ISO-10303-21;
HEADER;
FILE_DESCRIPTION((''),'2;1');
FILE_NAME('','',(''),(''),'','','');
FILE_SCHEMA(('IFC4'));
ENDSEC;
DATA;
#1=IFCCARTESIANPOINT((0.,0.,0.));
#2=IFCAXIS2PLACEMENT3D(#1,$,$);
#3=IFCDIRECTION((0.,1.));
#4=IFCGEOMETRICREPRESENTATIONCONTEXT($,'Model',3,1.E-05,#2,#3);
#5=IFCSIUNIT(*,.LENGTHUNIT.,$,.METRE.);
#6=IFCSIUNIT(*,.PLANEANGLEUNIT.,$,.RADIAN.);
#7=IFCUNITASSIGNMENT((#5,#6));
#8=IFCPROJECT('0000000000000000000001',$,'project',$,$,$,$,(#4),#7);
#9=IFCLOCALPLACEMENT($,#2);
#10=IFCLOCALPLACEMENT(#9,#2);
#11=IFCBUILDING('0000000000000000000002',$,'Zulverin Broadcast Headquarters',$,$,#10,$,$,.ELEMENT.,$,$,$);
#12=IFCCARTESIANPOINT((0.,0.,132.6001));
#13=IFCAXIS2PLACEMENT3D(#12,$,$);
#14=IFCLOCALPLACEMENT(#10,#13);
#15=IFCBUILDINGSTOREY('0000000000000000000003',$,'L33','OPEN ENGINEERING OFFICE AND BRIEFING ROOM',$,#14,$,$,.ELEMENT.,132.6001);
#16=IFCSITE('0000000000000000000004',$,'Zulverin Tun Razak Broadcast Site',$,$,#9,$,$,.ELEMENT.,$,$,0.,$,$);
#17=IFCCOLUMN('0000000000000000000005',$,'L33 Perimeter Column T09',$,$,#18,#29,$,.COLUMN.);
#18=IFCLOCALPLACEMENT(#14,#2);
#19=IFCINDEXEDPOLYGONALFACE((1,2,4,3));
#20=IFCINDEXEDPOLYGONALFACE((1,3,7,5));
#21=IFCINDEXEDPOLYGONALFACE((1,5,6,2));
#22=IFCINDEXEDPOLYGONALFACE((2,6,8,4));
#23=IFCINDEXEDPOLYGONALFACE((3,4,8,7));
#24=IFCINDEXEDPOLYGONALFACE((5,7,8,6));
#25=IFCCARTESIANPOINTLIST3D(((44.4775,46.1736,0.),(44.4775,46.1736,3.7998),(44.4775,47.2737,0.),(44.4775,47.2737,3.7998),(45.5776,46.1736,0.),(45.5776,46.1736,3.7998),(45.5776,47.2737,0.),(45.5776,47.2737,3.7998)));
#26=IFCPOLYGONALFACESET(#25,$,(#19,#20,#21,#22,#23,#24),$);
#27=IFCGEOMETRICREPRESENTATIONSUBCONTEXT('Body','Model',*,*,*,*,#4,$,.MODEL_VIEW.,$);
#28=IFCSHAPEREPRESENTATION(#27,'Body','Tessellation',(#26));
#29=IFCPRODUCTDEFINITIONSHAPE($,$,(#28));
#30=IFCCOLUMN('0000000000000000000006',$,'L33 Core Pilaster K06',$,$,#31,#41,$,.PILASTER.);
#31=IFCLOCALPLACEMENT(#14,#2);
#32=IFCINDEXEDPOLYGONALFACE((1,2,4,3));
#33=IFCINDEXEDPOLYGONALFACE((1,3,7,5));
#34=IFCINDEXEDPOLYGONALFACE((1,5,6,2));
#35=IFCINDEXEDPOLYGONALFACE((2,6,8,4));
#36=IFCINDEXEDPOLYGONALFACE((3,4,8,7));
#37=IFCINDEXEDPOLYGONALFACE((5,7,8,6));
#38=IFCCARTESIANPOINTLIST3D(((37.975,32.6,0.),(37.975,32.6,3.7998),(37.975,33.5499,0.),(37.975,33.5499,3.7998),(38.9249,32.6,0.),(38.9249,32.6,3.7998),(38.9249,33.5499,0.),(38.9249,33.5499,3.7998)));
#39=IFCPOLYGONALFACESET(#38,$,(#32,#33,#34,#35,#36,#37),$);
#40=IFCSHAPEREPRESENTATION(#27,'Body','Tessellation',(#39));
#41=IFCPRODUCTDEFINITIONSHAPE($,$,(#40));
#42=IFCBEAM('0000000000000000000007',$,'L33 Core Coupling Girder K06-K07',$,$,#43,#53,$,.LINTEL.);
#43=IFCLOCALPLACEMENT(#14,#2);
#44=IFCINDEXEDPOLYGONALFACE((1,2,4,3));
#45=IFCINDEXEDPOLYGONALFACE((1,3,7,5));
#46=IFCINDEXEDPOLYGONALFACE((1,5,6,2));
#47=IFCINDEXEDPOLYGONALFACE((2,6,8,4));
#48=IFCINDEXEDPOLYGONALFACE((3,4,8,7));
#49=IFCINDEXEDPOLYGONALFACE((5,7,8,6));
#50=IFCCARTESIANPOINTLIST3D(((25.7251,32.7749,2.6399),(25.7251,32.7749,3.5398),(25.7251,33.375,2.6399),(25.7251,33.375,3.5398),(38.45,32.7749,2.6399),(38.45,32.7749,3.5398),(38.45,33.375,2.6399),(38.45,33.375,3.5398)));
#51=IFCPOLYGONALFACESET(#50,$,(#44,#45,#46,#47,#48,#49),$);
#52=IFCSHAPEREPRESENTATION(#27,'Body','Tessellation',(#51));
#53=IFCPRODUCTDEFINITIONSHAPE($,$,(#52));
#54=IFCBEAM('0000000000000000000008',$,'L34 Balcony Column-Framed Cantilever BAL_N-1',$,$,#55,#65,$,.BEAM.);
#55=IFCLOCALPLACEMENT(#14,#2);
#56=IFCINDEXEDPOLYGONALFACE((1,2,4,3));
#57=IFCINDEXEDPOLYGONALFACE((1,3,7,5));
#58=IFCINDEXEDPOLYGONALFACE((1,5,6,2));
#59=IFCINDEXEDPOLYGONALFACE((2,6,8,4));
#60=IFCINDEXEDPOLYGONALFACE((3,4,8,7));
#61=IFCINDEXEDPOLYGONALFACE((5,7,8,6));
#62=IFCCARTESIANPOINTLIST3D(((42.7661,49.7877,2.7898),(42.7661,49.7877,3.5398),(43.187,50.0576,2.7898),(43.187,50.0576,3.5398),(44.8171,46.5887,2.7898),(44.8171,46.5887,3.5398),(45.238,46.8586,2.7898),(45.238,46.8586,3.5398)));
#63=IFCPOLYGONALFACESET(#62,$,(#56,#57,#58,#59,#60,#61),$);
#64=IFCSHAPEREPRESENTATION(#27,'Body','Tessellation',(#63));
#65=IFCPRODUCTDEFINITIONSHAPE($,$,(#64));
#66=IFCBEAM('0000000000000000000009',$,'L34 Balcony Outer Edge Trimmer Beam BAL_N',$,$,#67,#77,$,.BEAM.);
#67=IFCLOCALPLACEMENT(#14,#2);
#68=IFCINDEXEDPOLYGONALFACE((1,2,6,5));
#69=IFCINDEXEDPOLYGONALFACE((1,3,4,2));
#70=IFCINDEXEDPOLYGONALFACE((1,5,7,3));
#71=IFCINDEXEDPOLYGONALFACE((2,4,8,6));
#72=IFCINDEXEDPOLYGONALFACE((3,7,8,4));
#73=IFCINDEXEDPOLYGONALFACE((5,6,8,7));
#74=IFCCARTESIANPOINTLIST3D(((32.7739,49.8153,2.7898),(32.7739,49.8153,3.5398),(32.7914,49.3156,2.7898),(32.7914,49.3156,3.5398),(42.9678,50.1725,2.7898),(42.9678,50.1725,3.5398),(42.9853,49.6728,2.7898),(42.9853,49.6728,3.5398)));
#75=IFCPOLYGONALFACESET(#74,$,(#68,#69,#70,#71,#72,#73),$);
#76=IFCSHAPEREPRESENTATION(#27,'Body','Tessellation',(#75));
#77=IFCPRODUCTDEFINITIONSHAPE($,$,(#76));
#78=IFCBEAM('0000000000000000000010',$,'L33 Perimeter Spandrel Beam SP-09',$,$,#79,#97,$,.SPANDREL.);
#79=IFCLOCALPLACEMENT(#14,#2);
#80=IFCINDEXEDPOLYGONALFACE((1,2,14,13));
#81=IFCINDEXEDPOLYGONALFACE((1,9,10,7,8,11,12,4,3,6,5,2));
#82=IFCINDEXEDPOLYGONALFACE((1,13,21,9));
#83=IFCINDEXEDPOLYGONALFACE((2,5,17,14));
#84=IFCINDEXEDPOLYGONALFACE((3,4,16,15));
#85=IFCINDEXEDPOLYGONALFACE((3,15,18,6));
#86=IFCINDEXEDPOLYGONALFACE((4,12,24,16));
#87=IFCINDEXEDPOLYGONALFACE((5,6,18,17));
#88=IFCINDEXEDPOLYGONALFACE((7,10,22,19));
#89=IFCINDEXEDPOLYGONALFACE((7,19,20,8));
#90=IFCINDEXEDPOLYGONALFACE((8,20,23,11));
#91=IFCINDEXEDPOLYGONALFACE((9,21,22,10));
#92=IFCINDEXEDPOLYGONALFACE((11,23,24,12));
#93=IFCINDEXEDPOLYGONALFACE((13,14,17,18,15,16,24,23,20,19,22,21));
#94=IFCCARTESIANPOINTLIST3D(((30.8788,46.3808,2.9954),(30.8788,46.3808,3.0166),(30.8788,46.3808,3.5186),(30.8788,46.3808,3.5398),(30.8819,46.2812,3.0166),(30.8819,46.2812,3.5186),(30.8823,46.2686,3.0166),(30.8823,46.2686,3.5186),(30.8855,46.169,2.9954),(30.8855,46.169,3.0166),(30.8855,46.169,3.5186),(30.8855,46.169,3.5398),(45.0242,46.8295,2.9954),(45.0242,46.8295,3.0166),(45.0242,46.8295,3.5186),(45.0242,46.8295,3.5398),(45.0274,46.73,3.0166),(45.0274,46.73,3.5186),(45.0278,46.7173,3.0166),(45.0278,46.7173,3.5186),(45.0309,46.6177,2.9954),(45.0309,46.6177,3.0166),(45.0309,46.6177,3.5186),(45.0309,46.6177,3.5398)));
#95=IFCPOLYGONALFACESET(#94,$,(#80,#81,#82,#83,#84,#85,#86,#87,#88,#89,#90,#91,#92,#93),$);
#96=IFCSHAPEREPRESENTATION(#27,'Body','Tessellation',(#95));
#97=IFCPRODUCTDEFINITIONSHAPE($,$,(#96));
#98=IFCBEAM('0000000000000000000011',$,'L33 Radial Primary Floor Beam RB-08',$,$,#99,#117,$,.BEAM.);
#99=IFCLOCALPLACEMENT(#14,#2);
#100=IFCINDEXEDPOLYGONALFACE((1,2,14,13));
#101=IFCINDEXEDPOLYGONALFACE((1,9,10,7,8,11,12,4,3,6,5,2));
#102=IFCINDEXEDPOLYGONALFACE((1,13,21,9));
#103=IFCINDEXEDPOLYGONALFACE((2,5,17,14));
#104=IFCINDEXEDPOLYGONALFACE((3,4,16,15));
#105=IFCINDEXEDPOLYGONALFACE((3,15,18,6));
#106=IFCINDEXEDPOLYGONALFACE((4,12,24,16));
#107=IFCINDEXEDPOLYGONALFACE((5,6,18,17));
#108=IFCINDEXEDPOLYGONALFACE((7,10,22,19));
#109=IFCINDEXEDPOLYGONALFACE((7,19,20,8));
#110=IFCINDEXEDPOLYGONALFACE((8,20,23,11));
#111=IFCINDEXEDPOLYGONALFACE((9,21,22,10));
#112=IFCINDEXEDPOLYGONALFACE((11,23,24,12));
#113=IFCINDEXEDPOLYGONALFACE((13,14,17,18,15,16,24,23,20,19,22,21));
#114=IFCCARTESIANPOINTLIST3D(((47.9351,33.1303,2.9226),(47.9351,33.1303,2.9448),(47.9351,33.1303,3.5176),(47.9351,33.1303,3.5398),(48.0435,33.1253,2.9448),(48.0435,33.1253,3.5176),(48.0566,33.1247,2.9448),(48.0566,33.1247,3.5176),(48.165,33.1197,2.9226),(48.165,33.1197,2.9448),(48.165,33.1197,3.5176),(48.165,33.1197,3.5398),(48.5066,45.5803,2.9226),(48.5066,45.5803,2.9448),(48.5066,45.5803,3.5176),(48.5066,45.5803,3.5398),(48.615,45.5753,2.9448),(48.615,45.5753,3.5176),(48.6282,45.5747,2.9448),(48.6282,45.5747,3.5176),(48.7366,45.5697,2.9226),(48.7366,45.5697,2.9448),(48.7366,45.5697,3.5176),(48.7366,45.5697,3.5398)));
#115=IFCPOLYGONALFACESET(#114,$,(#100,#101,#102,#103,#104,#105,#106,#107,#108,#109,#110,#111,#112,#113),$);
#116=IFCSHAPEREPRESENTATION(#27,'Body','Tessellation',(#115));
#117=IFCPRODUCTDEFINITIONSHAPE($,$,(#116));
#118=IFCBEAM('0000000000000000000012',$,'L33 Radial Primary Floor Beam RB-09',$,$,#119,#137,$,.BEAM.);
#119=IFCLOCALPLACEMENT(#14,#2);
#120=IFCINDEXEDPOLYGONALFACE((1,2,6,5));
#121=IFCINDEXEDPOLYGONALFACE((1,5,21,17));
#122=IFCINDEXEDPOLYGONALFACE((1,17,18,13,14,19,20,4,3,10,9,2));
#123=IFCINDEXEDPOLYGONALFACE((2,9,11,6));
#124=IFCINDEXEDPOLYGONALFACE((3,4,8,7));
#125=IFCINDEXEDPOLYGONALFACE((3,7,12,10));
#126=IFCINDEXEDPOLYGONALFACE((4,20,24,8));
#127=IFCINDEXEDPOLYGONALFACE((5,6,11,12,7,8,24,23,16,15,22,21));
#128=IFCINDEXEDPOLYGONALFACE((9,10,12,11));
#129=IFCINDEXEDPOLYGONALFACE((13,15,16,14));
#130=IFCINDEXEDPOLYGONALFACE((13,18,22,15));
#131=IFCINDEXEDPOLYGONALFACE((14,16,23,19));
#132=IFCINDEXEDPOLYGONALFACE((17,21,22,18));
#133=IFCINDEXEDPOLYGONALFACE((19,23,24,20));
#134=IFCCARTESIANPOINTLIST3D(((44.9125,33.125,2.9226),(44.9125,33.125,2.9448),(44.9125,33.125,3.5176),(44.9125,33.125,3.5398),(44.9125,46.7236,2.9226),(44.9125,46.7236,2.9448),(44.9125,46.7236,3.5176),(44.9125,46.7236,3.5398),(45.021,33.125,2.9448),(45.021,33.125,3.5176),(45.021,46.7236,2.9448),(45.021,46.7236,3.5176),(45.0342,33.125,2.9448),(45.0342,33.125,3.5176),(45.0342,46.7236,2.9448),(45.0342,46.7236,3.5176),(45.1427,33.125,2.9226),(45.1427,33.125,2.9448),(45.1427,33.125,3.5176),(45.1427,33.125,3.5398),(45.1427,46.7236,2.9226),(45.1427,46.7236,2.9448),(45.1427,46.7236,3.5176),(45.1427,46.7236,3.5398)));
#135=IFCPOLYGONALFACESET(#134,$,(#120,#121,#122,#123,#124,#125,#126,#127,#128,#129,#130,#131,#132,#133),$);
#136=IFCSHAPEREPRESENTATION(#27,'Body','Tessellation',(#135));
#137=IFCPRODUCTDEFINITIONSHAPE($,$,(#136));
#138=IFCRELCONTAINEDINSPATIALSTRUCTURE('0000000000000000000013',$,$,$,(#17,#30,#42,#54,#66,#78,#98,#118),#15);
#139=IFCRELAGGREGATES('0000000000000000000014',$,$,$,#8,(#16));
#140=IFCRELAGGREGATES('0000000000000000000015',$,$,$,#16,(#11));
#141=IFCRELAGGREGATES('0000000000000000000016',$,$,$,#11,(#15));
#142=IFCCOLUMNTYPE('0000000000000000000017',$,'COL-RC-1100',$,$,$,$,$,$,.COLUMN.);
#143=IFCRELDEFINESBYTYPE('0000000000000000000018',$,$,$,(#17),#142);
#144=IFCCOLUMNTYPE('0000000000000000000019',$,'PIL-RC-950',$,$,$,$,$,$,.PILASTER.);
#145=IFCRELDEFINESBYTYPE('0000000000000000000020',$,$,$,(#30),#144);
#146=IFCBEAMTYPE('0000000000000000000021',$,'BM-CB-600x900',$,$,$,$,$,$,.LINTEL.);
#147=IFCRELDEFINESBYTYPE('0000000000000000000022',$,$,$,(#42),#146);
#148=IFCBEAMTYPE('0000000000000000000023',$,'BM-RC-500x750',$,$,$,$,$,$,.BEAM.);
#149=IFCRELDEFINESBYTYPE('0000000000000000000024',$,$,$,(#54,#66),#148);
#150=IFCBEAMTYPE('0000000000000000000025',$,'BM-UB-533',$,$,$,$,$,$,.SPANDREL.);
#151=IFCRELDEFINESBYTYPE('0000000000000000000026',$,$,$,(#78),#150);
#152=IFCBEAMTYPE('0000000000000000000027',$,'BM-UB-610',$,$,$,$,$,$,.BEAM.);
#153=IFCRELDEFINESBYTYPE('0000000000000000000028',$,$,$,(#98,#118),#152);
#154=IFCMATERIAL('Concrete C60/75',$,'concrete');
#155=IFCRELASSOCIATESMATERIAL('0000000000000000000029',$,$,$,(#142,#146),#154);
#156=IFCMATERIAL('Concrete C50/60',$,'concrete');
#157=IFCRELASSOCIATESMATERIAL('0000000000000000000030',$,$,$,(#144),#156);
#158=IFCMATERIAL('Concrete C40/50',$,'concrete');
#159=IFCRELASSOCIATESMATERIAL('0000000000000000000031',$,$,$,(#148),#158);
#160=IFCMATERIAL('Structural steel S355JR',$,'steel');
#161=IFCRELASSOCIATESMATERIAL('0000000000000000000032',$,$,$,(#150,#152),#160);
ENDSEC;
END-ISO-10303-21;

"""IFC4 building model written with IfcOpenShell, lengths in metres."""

from ifc_helpers import new_model, si_unit, direction, frame, origin, origin_2d, place, context, subcontext, project, spatial, rectangle, i_section, extrude, material, material_profile, profile_set, type_object, element, save


model = new_model("IFC4")

# Units and contexts
model_context = context("Model", 3, precision=1e-05, world=origin(), true_north=direction((0.0, 1.0)))
body_context = subcontext(model_context, "Body", "Model", "MODEL_VIEW")
ifc_project = project(units=[si_unit("LENGTHUNIT", "METRE"), si_unit("PLANEANGLEUNIT", "RADIAN")], contexts=[model_context])

# Site, building, storey
site_placement = place(None, origin())
site = spatial("IfcSite", under=ifc_project, at=site_placement, Name="Zulverin Tun Razak Broadcast Site", CompositionType="ELEMENT", RefElevation=0.0)
building_placement = place(site_placement, origin())
building = spatial("IfcBuilding", under=site, at=building_placement, Name="Zulverin Broadcast Headquarters", CompositionType="ELEMENT")
storey_placement = place(building_placement, frame((0.0, 0.0, 132.6001)))
storey = spatial("IfcBuildingStorey", under=building, at=storey_placement, Name="L33", Description="OPEN ENGINEERING OFFICE AND BRIEFING ROOM", CompositionType="ELEMENT", Elevation=132.6001)

# Columns
ifc_material_1 = material(Name="Concrete C60/75", Category="concrete")
ifc_material_profile_1 = material_profile(ifc_material_1, rectangle(XDim=1.1001, YDim=1.1001, at=origin_2d()), Name="Concrete C60/75", Category="concrete")
ifc_profile_set_1 = profile_set([ifc_material_profile_1], Name="Concrete C60/75")
column_type_1 = type_object("IfcColumnType", Name="COL-RC-1100", PredefinedType="COLUMN", material=ifc_profile_set_1)
column_1_placement = place(storey_placement, frame((45.0276, 46.7236, 0.0), z_axis=(0.0, 0.0, 1.0), x_axis=(1.0, 0.0, 0.0)))
element("IfcColumn", 1, at=column_1_placement, inside=storey, type_object=column_type_1, Name="L33 Perimeter Column T09", PredefinedType="COLUMN", context=body_context, shape_type="SweptSolid", body=[
    extrude(rectangle(XDim=1.1001, YDim=1.1001, at=origin_2d()), origin(), (0.0, 0.0, 1.0), 3.7998),
])
ifc_material_2 = material(Name="Concrete C50/60", Category="concrete")
ifc_material_profile_2 = material_profile(ifc_material_2, rectangle(XDim=0.95, YDim=0.95, at=origin_2d()), Name="Concrete C50/60", Category="concrete")
ifc_profile_set_2 = profile_set([ifc_material_profile_2], Name="Concrete C50/60")
column_type_2 = type_object("IfcColumnType", Name="PIL-RC-950", PredefinedType="PILASTER", material=ifc_profile_set_2)
column_2_placement = place(storey_placement, frame((38.45, 33.075, 0.0), z_axis=(0.0, 0.0, 1.0), x_axis=(1.0, 0.0, 0.0)))
element("IfcColumn", 2, at=column_2_placement, inside=storey, type_object=column_type_2, Name="L33 Core Pilaster K06", PredefinedType="PILASTER", context=body_context, shape_type="SweptSolid", body=[
    extrude(rectangle(XDim=0.95, YDim=0.95, at=origin_2d()), origin(), (0.0, 0.0, 1.0), 3.7998),
])

# Beams
ifc_material_profile_3 = material_profile(ifc_material_1, rectangle(XDim=0.6001, YDim=0.8999, at=origin_2d()), Name="Concrete C60/75", Category="concrete")
ifc_profile_set_3 = profile_set([ifc_material_profile_3], Name="Concrete C60/75")
beam_type_1 = type_object("IfcBeamType", Name="BM-CB-600x900", PredefinedType="LINTEL", material=ifc_profile_set_3)
beam_1_placement = place(storey_placement, frame((38.45, 33.075, 3.0898), z_axis=(-1.0, 0.0, 0.0), x_axis=(0.0, -1.0, 0.0)))
element("IfcBeam", 3, at=beam_1_placement, inside=storey, type_object=beam_type_1, Name="L33 Core Coupling Girder K06-K07", PredefinedType="LINTEL", context=body_context, shape_type="SweptSolid", body=[
    extrude(rectangle(XDim=0.6001, YDim=0.8999, at=origin_2d()), origin(), (0.0, 0.0, 1.0), 12.7249),
])
ifc_material_3 = material(Name="Concrete C40/50", Category="concrete")
ifc_material_profile_4 = material_profile(ifc_material_3, rectangle(XDim=0.5, YDim=0.75, at=origin_2d()), Name="Concrete C40/50", Category="concrete")
ifc_profile_set_4 = profile_set([ifc_material_profile_4], Name="Concrete C40/50")
beam_type_2 = type_object("IfcBeamType", Name="BM-RC-500x750", PredefinedType="BEAM", material=ifc_profile_set_4)
beam_2_placement = place(storey_placement, frame((45.0276, 46.7236, 3.1648), z_axis=(-0.539741, 0.841831, 0.0), x_axis=(-0.841831, -0.539741, 0.0)))
element("IfcBeam", 4, at=beam_2_placement, inside=storey, type_object=beam_type_2, Name="L34 Balcony Column-Framed Cantilever BAL_N-1", PredefinedType="BEAM", context=body_context, shape_type="SweptSolid", body=[
    extrude(rectangle(XDim=0.5, YDim=0.75, at=origin_2d()), origin(), (0.0, 0.0, 1.0), 3.8),
])
beam_3_placement = place(storey_placement, frame((42.9766, 49.9226, 3.1648), z_axis=(-0.999387, -0.035017, 0.0), x_axis=(0.035017, -0.999387, 0.0)))
element("IfcBeam", 5, at=beam_3_placement, inside=storey, type_object=beam_type_2, Name="L34 Balcony Outer Edge Trimmer Beam BAL_N", PredefinedType="BEAM", context=body_context, shape_type="SweptSolid", body=[
    extrude(rectangle(XDim=0.5, YDim=0.75, at=origin_2d()), origin(), (0.0, 0.0, 1.0), 10.2002),
])
ifc_material_4 = material(Name="Structural steel S355JR", Category="steel")
ifc_material_profile_5 = material_profile(ifc_material_4, i_section(OverallWidth=0.2119, OverallDepth=0.5444, WebThickness=0.0127, FlangeThickness=0.0212, at=origin_2d()), Name="Structural steel S355JR", Category="steel")
ifc_profile_set_5 = profile_set([ifc_material_profile_5], Name="Structural steel S355JR")
beam_type_3 = type_object("IfcBeamType", Name="BM-UB-533", PredefinedType="SPANDREL", material=ifc_profile_set_5)
beam_4_placement = place(storey_placement, frame((45.0276, 46.7236, 3.2676), z_axis=(-0.999497, -0.031707, 0.0), x_axis=(0.031707, -0.999497, 0.0)))
element("IfcBeam", 6, at=beam_4_placement, inside=storey, type_object=beam_type_3, Name="L33 Perimeter Spandrel Beam SP-09", PredefinedType="SPANDREL", context=body_context, shape_type="SweptSolid", body=[
    extrude(i_section(OverallWidth=0.2119, OverallDepth=0.5444, WebThickness=0.0127, FlangeThickness=0.0212, at=origin_2d()), origin(), (0.0, 0.0, 1.0), 14.1526),
])
ifc_material_profile_6 = material_profile(ifc_material_4, i_section(OverallWidth=0.2302, OverallDepth=0.6172, WebThickness=0.0132, FlangeThickness=0.0222, at=origin_2d()), Name="Structural steel S355JR", Category="steel")
ifc_profile_set_6 = profile_set([ifc_material_profile_6], Name="Structural steel S355JR")
beam_type_4 = type_object("IfcBeamType", Name="BM-UB-610", PredefinedType="BEAM", material=ifc_profile_set_6)
beam_5_placement = place(storey_placement, frame((48.05, 33.125, 3.2312), z_axis=(0.045858, 0.998948, 0.0), x_axis=(-0.998948, 0.045858, 0.0)))
element("IfcBeam", 7, at=beam_5_placement, inside=storey, type_object=beam_type_4, Name="L33 Radial Primary Floor Beam RB-08", PredefinedType="BEAM", context=body_context, shape_type="SweptSolid", body=[
    extrude(i_section(OverallWidth=0.2302, OverallDepth=0.6172, WebThickness=0.0132, FlangeThickness=0.0222, at=origin_2d()), origin(), (0.0, 0.0, 1.0), 12.4631),
])
beam_6_placement = place(storey_placement, frame((45.0276, 33.125, 3.2312), z_axis=(0.0, 1.0, 0.0), x_axis=(-1.0, 0.0, 0.0)))
element("IfcBeam", 8, at=beam_6_placement, inside=storey, type_object=beam_type_4, Name="L33 Radial Primary Floor Beam RB-09", PredefinedType="BEAM", context=body_context, shape_type="SweptSolid", body=[
    extrude(i_section(OverallWidth=0.2302, OverallDepth=0.6172, WebThickness=0.0132, FlangeThickness=0.0222, at=origin_2d()), origin(), (0.0, 0.0, 1.0), 13.5986),
])

save(model, "model.ifc")
